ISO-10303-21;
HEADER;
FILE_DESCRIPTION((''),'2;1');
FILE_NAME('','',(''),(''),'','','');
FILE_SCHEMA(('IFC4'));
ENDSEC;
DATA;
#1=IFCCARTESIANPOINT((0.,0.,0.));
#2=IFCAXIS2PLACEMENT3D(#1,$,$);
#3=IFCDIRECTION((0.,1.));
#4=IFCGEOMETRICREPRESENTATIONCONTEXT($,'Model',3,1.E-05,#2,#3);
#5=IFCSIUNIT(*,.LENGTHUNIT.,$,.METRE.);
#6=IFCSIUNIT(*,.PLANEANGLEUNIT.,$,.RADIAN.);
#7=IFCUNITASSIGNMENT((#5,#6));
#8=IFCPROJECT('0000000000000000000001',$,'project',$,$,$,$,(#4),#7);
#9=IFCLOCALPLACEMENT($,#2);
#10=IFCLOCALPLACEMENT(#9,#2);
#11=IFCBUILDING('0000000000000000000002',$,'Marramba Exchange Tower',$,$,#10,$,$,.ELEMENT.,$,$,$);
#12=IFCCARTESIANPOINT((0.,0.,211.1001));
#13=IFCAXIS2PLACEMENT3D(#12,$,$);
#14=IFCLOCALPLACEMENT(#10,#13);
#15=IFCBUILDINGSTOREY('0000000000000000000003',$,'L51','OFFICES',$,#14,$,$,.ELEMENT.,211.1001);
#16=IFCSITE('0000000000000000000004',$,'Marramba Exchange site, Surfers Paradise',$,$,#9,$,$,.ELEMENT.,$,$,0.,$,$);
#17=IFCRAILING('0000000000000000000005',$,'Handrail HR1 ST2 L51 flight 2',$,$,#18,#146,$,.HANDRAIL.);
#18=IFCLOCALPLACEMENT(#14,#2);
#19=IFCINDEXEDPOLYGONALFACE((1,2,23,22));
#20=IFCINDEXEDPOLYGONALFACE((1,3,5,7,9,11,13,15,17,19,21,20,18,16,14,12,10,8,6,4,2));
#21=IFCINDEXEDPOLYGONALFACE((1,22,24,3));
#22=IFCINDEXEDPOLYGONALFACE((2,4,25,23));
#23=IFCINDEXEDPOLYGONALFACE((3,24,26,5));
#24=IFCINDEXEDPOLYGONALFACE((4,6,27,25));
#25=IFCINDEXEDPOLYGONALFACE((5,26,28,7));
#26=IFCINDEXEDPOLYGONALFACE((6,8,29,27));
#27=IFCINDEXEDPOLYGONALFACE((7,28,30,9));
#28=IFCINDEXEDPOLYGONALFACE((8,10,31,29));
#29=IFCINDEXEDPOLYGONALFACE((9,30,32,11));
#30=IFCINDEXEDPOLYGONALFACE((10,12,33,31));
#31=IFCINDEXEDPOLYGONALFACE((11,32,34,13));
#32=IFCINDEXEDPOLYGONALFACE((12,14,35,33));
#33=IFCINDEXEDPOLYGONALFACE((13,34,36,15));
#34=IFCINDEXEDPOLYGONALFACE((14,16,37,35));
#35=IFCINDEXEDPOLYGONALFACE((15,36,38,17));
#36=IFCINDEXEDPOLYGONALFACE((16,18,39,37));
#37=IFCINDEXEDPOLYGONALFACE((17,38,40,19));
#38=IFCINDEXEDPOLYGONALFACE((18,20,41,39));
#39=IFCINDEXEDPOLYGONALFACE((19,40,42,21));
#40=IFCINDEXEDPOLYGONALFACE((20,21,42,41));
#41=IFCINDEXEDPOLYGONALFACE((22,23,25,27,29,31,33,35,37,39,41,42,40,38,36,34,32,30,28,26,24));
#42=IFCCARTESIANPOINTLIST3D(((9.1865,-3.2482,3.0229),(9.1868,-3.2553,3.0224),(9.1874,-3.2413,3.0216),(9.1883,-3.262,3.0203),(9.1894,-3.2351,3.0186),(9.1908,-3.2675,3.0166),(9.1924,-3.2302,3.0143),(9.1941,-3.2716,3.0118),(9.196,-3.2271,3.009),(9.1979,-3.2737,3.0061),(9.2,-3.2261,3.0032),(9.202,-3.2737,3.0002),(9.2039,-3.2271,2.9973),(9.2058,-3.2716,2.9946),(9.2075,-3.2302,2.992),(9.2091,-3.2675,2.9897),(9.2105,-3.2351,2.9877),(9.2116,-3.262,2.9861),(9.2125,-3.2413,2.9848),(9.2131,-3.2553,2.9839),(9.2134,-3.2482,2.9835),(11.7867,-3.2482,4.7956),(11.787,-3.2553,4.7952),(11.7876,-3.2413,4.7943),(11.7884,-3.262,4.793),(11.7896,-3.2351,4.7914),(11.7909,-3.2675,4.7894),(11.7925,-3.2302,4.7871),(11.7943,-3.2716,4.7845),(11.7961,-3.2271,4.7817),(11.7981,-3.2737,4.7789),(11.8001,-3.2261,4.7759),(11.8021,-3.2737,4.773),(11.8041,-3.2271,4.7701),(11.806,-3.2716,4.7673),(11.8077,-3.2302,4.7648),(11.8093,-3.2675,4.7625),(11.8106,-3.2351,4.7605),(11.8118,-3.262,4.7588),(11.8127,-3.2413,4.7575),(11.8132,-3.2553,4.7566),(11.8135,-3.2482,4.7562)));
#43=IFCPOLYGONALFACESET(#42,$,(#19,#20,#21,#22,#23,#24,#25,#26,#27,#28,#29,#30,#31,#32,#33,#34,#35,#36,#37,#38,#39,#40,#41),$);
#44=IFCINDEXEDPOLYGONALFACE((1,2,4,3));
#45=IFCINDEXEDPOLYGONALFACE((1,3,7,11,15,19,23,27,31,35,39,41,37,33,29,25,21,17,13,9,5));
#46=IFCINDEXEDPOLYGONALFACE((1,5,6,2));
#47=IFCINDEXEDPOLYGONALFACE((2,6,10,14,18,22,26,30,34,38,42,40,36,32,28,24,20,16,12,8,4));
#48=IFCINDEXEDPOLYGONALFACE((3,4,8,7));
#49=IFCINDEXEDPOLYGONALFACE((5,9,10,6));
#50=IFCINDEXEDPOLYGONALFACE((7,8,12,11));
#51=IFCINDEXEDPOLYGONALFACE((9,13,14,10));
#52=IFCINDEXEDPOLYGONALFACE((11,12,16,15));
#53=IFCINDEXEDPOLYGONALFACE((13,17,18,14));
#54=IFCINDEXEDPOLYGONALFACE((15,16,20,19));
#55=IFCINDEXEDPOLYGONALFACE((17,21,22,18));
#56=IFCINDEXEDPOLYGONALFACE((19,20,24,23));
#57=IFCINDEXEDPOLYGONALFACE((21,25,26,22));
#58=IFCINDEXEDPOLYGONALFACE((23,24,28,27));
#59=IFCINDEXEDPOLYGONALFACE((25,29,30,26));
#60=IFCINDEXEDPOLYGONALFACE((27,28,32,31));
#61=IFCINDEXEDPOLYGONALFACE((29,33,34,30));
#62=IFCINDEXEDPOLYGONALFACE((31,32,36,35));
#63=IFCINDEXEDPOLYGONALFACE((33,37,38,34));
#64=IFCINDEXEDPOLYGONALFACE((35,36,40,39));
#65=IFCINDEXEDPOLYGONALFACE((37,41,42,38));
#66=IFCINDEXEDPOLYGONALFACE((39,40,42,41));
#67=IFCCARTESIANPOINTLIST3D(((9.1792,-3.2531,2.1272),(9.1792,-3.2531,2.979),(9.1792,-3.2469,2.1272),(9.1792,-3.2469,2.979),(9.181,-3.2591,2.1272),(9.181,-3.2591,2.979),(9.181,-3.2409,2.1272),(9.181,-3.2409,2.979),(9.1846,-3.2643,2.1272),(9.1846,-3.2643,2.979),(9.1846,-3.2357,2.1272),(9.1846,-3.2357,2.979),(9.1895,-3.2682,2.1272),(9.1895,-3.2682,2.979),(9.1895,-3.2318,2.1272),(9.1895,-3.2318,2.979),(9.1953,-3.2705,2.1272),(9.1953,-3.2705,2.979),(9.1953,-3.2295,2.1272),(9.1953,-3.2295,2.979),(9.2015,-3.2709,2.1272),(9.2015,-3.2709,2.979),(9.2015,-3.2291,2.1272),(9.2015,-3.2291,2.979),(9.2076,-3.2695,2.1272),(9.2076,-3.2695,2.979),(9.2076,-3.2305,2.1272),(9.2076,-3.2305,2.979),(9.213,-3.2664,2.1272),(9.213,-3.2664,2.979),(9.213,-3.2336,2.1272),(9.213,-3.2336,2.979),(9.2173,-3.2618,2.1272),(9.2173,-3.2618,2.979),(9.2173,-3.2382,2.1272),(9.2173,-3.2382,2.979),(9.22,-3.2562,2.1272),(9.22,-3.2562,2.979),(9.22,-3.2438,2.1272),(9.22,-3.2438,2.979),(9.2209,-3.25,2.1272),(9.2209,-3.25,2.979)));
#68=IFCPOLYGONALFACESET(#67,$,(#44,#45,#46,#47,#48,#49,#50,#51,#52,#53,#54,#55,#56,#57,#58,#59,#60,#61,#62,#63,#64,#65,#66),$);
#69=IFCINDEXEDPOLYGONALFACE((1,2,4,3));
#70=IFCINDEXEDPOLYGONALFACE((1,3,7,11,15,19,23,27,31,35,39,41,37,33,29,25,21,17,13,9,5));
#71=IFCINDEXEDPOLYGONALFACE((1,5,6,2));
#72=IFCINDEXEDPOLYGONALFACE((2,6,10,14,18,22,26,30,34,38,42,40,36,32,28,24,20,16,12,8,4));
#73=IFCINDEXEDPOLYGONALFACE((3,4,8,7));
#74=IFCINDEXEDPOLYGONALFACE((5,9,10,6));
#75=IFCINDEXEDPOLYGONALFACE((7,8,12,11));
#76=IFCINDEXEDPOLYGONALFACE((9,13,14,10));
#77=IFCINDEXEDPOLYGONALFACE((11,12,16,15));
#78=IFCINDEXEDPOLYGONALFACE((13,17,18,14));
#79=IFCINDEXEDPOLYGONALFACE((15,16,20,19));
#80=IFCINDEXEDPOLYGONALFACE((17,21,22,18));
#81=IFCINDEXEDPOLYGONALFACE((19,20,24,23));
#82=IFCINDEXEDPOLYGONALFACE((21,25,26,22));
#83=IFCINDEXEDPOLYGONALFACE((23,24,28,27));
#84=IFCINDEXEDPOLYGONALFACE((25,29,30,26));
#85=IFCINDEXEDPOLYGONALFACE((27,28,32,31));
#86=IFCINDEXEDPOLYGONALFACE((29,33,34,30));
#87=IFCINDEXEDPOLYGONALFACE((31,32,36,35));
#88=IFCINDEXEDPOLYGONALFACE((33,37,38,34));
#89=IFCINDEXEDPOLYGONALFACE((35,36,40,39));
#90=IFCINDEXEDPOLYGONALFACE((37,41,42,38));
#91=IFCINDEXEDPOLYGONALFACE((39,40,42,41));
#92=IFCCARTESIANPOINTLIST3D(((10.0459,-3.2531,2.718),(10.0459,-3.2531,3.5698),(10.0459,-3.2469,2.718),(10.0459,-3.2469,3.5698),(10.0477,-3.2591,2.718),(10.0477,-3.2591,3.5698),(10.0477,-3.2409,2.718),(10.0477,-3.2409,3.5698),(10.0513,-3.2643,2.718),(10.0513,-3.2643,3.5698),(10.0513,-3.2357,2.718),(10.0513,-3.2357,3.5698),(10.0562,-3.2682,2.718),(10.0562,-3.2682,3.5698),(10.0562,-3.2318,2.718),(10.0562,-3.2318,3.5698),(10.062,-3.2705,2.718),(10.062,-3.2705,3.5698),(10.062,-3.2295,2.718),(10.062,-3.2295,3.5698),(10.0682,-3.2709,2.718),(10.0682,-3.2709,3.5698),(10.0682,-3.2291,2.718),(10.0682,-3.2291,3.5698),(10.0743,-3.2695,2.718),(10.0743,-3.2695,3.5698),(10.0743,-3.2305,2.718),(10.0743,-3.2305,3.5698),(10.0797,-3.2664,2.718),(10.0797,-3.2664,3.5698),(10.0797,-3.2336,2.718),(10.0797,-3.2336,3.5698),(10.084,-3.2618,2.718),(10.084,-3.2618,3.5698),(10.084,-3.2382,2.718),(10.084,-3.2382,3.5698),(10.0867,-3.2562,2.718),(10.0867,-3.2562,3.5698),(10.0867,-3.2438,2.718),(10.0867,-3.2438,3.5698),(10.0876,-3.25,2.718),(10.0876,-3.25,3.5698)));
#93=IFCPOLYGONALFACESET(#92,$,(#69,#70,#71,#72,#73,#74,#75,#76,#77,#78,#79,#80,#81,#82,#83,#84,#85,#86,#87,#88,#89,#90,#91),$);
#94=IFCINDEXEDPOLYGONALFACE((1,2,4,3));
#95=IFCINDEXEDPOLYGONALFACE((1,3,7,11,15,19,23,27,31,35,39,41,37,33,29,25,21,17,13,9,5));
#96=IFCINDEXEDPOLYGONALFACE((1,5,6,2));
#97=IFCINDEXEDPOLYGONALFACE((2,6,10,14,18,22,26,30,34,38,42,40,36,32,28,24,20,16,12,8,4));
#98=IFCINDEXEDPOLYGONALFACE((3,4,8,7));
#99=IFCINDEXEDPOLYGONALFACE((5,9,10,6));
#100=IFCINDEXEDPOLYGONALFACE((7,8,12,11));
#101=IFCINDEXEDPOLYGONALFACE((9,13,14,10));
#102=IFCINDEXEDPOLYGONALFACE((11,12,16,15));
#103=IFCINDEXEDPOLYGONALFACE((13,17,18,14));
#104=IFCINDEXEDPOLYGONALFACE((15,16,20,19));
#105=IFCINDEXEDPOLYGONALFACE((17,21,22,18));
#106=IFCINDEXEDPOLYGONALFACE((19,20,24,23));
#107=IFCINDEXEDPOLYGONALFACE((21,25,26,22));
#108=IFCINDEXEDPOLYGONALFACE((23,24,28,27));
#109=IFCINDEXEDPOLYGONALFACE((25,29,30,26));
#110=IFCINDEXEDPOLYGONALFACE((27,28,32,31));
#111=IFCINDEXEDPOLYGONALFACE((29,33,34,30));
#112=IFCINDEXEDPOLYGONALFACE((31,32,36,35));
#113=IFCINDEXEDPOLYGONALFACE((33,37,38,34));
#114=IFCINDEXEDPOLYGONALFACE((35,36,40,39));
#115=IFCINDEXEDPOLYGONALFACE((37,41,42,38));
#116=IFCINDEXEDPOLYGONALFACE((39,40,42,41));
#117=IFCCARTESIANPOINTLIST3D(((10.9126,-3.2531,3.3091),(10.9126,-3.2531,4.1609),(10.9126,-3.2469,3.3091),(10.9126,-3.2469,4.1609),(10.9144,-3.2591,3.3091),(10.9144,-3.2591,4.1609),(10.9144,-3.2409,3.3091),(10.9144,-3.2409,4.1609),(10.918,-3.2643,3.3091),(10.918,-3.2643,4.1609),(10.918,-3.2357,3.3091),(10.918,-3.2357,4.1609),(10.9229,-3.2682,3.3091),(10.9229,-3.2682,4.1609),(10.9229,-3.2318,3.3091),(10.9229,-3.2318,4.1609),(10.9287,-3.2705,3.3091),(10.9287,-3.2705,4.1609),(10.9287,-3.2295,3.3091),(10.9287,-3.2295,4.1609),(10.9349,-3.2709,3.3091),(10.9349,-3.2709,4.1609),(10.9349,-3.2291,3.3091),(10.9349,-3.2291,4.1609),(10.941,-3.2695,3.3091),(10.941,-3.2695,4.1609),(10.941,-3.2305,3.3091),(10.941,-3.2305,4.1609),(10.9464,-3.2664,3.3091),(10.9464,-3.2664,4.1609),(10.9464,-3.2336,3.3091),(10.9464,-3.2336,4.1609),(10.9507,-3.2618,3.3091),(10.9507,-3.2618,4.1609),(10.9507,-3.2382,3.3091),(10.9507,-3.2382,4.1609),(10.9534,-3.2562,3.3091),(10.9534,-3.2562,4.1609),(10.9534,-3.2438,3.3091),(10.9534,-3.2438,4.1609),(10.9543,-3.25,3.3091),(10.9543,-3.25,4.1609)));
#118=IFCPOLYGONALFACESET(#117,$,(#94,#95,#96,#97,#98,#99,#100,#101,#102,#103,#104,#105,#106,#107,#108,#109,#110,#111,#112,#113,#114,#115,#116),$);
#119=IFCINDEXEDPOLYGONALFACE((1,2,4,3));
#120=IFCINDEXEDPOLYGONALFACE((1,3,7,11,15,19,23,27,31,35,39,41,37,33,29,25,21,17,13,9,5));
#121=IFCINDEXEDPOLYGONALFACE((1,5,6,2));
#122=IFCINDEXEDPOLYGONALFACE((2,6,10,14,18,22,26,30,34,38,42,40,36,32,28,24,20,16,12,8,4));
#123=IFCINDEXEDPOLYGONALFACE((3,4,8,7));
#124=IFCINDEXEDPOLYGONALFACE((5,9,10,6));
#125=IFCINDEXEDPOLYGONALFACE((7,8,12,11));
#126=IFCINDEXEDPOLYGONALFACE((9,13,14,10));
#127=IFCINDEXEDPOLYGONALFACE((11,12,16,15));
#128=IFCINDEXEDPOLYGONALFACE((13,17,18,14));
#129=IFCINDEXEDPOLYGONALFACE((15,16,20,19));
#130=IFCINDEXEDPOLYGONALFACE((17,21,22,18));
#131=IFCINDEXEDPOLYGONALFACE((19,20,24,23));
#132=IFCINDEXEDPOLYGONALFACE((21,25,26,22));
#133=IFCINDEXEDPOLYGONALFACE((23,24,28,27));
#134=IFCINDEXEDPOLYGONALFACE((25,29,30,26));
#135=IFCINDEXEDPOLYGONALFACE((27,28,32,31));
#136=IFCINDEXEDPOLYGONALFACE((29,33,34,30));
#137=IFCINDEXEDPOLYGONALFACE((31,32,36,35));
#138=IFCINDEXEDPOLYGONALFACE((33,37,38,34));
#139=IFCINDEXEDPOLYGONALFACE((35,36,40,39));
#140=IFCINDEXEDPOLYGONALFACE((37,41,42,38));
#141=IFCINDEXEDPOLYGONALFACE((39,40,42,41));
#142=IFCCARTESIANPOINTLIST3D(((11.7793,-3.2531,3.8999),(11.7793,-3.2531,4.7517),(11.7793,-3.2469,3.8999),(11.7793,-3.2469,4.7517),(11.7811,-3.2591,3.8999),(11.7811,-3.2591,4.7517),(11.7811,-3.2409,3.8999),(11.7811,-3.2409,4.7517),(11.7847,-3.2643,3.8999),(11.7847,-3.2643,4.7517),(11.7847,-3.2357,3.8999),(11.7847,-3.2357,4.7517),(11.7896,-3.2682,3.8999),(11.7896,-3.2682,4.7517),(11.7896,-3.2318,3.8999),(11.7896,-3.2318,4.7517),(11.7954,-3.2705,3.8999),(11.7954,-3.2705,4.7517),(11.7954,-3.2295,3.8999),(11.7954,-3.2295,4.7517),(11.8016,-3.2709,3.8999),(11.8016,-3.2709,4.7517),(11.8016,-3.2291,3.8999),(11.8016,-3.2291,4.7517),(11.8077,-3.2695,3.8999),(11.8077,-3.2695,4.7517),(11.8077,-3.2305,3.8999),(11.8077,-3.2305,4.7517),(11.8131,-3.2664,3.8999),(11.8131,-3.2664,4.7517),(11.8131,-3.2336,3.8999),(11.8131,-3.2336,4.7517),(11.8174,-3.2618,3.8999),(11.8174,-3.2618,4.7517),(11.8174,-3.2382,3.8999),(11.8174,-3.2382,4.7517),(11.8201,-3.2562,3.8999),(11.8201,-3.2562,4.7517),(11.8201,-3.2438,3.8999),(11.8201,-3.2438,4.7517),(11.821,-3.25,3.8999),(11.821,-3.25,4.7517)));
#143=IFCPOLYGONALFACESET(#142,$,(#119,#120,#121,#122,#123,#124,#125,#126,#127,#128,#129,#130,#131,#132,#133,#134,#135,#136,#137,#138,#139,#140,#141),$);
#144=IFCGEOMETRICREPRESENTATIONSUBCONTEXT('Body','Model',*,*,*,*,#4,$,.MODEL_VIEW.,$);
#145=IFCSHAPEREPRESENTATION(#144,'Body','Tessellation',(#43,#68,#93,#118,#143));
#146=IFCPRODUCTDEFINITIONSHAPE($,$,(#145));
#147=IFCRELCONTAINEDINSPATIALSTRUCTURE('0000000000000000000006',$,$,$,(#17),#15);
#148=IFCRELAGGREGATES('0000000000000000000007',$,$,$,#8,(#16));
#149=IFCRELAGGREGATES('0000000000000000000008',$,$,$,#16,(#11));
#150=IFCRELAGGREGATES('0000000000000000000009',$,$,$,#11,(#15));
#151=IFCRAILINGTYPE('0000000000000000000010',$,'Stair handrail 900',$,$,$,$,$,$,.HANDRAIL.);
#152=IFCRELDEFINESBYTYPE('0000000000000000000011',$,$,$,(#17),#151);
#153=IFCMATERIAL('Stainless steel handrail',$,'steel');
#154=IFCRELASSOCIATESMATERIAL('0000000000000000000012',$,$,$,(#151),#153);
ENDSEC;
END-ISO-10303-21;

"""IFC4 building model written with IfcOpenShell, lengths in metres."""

from ifc_helpers import new_model, si_unit, direction, frame, origin, origin_2d, place, context, subcontext, project, spatial, circle, extrude, material, type_object, element, save


model = new_model("IFC4")

# Units and contexts
model_context = context("Model", 3, precision=1e-05, world=origin(), true_north=direction((0.0, 1.0)))
body_context = subcontext(model_context, "Body", "Model", "MODEL_VIEW")
ifc_project = project(units=[si_unit("LENGTHUNIT", "METRE"), si_unit("PLANEANGLEUNIT", "RADIAN")], contexts=[model_context])

# Site, building, storey
site_placement = place(None, origin())
site = spatial("IfcSite", under=ifc_project, at=site_placement, Name="Marramba Exchange site, Surfers Paradise", CompositionType="ELEMENT", RefElevation=0.0)
building_placement = place(site_placement, origin())
building = spatial("IfcBuilding", under=site, at=building_placement, Name="Marramba Exchange Tower", CompositionType="ELEMENT")
storey_placement = place(building_placement, frame((0.0, 0.0, 211.1001)))
storey = spatial("IfcBuildingStorey", under=building, at=storey_placement, Name="L51", Description="OFFICES", CompositionType="ELEMENT", Elevation=211.1001)

# Railing
ifc_material_1 = material(Name="Stainless steel handrail", Category="steel")
railing_type = type_object("IfcRailingType", Name="Stair handrail 900", PredefinedType="HANDRAIL", material=ifc_material_1)
railing_placement = place(storey_placement, frame((9.2, -3.25, 2.1272)))
element("IfcRailing", 1, at=railing_placement, inside=storey, type_object=railing_type, Name="Handrail HR1 ST2 L51 flight 2", PredefinedType="HANDRAIL", context=body_context, shape_type="SweptSolid", body=[
    extrude(circle(Radius=0.0239, at=origin_2d()), frame((0.0, 0.0, 0.876), z_axis=(0.82624, 0.0, 0.563318), x_axis=(0.0, 1.0, 0.0)), (0.0, 0.0, 1.0), 3.147),
    extrude(circle(Radius=0.021, at=origin_2d()), origin(), (0.0, 0.0, 1.0), 0.8518),
    extrude(circle(Radius=0.021, at=origin_2d()), frame((0.8667, 0.0, 0.5908)), (0.0, 0.0, 1.0), 0.8518),
    extrude(circle(Radius=0.021, at=origin_2d()), frame((1.7334, 0.0, 1.1819)), (0.0, 0.0, 1.0), 0.8518),
    extrude(circle(Radius=0.021, at=origin_2d()), frame((2.6001, 0.0, 1.7727)), (0.0, 0.0, 1.0), 0.8518),
])

save(model, "model.ifc")
